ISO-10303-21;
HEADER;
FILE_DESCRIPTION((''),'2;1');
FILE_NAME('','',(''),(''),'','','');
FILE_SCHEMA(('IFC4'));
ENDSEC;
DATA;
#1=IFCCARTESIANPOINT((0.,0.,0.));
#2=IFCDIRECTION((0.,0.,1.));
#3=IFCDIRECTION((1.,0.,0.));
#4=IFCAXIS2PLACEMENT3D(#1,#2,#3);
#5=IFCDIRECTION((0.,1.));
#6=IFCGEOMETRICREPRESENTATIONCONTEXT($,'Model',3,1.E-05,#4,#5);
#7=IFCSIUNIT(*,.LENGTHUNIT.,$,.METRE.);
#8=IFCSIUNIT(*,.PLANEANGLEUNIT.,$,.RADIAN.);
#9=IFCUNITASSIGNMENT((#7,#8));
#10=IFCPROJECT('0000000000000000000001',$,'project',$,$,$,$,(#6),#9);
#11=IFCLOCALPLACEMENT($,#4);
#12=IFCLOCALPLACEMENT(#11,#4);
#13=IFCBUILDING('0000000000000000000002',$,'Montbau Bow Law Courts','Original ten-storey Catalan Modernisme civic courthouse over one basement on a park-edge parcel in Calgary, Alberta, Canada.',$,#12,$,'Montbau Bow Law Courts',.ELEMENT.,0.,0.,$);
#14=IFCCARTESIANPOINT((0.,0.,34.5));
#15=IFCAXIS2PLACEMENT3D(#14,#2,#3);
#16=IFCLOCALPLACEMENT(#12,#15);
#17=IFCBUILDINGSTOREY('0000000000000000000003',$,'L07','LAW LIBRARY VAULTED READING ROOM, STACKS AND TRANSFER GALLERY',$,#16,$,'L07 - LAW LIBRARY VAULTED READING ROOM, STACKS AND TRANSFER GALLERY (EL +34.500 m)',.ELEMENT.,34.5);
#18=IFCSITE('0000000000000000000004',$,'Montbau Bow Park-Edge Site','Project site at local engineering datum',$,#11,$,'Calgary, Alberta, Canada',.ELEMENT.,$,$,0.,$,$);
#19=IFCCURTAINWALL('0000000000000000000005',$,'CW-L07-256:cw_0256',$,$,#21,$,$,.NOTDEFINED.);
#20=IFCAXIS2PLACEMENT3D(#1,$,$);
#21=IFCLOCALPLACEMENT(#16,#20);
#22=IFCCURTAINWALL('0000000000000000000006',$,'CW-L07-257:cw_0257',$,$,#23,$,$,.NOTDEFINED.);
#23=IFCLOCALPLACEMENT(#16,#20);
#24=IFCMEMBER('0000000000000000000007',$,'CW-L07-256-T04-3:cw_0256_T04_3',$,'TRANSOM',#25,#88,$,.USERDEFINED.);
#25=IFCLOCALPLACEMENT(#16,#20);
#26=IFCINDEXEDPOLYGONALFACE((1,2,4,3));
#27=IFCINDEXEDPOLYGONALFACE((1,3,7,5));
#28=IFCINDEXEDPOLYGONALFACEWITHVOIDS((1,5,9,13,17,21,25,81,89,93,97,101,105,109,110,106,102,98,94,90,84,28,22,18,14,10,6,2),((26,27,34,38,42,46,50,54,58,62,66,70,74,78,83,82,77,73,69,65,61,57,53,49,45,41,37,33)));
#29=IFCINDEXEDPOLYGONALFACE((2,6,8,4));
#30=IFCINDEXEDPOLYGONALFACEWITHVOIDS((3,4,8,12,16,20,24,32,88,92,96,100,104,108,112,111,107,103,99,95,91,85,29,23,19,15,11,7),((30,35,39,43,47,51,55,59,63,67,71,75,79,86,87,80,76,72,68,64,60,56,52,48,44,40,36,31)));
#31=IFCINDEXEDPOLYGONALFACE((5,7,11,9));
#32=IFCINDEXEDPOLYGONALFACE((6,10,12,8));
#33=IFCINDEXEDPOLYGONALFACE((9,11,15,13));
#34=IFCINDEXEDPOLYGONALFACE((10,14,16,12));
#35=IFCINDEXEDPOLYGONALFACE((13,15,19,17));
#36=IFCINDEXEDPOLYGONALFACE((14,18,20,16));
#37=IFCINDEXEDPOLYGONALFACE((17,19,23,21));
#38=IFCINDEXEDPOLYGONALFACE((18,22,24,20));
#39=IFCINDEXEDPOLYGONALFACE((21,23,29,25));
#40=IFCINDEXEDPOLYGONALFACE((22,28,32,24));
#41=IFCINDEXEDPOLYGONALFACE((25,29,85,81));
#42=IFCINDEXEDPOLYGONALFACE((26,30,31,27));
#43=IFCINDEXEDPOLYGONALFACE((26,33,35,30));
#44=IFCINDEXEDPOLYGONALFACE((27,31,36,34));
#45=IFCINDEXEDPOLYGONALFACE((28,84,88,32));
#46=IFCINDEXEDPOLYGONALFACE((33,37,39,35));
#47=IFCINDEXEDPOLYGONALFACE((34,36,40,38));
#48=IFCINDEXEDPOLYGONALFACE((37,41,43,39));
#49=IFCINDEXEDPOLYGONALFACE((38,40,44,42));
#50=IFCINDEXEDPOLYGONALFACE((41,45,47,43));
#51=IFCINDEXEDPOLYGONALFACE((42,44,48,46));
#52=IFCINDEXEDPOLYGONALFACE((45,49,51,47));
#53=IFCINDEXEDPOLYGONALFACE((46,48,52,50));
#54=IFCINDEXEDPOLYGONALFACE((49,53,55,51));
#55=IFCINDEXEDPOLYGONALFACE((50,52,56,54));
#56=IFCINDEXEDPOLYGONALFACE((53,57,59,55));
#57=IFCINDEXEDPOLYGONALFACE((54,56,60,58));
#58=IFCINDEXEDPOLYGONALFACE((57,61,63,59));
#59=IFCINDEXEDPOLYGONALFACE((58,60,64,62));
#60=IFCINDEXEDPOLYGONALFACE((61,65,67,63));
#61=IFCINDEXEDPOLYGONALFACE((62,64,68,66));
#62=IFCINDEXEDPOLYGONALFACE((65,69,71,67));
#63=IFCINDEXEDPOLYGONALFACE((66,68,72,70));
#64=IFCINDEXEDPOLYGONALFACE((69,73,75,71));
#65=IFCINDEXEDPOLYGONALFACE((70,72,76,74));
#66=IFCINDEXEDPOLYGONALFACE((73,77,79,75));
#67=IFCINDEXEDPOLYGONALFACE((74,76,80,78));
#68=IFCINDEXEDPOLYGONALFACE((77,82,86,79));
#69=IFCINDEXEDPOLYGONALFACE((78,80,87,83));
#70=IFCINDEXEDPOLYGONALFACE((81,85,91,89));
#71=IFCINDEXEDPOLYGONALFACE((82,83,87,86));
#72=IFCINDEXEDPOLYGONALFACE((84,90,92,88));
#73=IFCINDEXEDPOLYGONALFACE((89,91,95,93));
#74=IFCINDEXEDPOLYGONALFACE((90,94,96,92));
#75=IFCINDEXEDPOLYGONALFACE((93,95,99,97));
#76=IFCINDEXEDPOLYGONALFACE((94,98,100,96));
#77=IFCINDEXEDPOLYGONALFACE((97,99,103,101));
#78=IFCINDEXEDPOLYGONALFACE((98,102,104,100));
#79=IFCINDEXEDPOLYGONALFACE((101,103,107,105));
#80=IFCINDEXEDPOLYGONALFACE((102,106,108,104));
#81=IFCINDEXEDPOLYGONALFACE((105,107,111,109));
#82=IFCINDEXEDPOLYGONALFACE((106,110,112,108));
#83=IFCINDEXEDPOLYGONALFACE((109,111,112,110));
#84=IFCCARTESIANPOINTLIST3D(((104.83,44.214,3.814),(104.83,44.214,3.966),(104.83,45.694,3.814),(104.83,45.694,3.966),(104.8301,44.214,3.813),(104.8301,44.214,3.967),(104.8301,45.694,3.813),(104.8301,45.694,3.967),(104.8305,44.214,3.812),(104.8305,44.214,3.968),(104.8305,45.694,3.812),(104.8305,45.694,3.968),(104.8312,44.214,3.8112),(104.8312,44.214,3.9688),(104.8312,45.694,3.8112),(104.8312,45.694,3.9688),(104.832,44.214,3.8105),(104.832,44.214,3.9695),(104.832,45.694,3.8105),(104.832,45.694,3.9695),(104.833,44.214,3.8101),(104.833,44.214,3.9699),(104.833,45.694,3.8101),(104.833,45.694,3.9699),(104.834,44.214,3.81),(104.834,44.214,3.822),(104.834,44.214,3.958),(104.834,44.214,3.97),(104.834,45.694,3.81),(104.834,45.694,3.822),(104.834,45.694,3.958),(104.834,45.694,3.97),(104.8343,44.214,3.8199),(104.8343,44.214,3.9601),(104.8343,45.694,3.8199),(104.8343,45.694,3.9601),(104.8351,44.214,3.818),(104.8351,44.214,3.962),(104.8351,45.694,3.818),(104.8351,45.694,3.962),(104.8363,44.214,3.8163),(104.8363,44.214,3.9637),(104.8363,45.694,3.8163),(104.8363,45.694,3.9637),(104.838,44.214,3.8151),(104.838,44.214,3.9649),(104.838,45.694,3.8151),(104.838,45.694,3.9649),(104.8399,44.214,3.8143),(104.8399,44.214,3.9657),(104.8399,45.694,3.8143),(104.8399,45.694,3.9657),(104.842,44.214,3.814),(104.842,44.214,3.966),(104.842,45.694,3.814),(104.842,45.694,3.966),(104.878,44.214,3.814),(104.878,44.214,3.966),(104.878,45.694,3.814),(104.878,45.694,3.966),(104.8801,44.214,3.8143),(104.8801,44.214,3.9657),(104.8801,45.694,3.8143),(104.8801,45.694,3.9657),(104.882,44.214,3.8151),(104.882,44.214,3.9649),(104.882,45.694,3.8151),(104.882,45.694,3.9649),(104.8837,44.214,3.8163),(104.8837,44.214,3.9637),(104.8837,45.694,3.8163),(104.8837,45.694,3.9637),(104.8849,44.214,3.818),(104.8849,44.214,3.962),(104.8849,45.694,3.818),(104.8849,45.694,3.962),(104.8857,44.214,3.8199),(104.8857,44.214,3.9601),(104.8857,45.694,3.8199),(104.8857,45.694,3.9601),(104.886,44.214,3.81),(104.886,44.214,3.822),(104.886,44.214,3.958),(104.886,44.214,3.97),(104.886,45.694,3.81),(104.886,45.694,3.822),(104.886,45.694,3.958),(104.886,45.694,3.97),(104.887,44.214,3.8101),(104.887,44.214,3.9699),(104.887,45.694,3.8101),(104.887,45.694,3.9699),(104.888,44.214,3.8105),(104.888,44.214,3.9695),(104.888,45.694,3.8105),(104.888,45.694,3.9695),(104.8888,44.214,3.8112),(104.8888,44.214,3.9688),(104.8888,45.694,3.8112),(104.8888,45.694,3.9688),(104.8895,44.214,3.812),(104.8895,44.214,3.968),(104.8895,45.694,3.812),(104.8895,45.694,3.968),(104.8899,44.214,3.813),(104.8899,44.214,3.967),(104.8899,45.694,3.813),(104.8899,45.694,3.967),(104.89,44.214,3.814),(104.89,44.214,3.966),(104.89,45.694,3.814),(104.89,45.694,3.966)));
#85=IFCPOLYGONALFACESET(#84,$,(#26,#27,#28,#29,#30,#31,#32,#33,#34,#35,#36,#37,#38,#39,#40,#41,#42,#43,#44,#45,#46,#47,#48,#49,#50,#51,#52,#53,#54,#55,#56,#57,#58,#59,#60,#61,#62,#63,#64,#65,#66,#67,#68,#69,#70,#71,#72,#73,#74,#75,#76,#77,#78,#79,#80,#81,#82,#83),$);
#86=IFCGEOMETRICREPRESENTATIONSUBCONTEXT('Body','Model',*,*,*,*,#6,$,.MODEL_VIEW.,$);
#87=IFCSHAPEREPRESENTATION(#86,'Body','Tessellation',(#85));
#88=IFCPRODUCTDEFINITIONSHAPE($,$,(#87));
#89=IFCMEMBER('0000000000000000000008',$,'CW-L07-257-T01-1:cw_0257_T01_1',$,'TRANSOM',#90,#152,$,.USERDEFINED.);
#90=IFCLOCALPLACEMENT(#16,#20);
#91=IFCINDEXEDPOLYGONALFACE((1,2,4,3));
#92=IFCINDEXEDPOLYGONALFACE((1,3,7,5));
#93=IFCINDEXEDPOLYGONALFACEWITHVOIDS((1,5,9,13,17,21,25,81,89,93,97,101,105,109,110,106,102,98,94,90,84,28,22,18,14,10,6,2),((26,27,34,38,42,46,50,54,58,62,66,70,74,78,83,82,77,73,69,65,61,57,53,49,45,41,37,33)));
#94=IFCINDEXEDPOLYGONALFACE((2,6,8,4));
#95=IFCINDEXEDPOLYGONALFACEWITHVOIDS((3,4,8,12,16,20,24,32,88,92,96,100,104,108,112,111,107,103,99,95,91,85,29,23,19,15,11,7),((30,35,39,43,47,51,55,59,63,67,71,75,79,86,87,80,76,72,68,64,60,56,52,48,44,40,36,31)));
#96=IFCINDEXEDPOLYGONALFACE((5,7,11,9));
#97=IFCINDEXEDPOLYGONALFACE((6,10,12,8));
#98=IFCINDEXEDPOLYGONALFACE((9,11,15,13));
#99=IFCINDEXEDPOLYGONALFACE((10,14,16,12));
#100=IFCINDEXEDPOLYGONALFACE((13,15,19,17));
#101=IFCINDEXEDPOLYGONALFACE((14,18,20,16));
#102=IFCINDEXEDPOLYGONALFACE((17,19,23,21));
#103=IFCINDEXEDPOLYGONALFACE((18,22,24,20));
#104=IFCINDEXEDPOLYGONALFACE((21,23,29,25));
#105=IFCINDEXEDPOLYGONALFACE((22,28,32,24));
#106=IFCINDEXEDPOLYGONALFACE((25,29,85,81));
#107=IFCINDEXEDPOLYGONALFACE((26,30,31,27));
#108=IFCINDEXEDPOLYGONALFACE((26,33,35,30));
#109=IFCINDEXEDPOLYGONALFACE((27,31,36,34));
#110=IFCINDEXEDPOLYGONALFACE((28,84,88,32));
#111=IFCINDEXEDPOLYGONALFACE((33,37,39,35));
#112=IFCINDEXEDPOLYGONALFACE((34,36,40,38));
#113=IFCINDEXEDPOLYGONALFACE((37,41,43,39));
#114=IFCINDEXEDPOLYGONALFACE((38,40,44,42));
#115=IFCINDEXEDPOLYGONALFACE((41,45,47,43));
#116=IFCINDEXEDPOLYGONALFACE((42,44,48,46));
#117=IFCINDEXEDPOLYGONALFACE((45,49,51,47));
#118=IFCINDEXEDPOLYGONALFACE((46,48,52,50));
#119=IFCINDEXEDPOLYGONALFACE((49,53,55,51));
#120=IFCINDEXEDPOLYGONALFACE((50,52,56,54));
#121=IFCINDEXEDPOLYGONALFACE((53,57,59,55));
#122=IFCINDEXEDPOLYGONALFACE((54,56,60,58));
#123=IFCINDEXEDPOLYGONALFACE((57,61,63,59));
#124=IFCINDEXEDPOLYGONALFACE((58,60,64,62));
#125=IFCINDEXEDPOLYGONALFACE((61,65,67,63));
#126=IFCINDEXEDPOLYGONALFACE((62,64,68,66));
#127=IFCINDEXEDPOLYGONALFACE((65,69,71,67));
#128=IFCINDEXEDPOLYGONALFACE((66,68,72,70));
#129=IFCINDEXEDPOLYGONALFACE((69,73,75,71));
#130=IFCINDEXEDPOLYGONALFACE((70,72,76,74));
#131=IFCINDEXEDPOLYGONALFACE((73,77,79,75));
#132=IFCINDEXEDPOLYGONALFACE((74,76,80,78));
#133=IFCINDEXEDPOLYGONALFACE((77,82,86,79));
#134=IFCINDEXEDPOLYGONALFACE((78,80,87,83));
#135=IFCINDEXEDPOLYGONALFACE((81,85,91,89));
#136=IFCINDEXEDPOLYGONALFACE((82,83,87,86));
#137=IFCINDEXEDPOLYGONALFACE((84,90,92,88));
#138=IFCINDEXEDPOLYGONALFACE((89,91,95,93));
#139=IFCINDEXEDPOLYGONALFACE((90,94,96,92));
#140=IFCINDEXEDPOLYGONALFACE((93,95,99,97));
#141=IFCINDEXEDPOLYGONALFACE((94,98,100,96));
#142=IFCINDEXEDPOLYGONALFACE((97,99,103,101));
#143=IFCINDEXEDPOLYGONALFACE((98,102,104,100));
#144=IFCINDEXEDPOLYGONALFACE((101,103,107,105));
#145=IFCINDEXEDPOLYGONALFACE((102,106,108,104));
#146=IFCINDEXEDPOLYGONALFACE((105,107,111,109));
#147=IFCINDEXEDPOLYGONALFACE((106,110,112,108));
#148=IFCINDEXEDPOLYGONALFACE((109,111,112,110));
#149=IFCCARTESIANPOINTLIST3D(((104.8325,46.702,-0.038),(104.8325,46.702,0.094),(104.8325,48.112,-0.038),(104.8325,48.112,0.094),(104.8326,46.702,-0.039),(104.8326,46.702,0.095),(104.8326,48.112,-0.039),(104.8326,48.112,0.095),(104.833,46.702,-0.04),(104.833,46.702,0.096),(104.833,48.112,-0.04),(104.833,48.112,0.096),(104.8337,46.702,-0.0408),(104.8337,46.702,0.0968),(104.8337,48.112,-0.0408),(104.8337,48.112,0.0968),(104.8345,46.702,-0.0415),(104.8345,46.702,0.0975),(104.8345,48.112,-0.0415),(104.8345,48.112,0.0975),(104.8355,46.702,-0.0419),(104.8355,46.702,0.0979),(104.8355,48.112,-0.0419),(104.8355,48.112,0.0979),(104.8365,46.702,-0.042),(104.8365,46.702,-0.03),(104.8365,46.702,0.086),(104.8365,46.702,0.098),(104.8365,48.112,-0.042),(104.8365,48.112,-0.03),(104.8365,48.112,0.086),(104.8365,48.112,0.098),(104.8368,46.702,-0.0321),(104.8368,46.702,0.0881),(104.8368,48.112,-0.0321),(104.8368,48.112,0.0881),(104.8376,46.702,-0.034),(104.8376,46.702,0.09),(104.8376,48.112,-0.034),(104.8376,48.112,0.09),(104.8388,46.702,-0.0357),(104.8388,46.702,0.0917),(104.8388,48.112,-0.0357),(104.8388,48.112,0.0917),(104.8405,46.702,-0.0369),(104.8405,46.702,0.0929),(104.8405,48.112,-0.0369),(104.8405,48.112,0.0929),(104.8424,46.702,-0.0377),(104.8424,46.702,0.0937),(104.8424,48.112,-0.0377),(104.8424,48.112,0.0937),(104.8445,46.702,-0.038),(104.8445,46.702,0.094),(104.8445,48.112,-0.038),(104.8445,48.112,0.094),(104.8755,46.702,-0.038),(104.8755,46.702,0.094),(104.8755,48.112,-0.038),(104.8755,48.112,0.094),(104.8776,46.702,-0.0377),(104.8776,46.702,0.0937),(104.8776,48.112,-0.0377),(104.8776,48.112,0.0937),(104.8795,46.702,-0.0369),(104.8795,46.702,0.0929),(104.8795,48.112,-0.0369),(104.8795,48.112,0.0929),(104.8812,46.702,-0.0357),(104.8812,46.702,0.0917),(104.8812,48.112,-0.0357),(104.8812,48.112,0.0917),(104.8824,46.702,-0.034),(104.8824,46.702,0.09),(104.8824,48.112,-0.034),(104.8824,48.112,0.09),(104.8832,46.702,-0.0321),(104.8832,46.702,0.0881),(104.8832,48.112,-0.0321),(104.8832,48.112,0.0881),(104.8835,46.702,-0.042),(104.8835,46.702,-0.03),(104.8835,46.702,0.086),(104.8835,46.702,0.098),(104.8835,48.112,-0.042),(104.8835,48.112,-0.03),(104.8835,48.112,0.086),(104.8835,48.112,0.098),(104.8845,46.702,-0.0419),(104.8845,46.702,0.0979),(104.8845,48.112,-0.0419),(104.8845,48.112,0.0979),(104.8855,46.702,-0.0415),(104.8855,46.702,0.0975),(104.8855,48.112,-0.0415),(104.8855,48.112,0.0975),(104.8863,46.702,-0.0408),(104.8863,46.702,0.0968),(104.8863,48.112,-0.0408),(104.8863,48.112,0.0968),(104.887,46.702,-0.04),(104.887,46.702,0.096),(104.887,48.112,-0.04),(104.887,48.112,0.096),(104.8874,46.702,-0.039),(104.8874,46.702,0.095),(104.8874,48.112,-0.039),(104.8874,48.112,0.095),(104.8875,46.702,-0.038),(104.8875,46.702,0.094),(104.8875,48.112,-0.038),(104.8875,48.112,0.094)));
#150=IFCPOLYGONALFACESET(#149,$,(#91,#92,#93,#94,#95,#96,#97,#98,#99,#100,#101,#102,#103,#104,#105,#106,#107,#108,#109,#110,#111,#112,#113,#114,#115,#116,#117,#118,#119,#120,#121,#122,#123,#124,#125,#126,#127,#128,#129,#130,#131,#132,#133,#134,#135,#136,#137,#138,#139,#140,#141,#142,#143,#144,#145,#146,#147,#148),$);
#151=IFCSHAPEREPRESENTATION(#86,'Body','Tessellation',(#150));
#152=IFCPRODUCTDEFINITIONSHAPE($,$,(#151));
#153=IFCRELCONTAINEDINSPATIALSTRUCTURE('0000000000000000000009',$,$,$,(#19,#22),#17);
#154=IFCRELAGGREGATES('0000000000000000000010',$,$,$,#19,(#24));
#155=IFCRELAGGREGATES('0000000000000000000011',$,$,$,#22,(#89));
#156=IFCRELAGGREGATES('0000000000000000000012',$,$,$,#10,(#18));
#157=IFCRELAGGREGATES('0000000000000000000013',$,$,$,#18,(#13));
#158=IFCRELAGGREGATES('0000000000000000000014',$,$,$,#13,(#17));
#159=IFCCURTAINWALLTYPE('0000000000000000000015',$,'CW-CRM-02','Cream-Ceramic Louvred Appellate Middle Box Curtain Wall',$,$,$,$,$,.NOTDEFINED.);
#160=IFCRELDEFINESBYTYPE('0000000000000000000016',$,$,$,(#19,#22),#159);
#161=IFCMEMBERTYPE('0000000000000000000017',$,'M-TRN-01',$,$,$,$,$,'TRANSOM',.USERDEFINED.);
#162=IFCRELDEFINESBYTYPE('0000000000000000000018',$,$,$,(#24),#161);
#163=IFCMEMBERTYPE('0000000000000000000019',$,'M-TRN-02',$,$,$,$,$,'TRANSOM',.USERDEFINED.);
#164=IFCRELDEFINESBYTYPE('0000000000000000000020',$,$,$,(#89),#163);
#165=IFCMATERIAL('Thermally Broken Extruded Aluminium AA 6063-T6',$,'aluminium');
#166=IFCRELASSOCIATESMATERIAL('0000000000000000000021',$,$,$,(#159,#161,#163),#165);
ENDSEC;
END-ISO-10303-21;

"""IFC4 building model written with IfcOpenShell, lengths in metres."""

from ifc_helpers import new_model, si_unit, direction, frame, origin_with_axes, origin_2d_with_axis, place, context, subcontext, project, spatial, hollow_rectangle, extrude, material, material_profile, profile_set, type_object, element, aggregate, save


model = new_model("IFC4")

# Units and contexts
model_context = context("Model", 3, precision=1e-05, world=origin_with_axes(), true_north=direction((0.0, 1.0)))
body_context = subcontext(model_context, "Body", "Model", "MODEL_VIEW")
ifc_project = project(units=[si_unit("LENGTHUNIT", "METRE"), si_unit("PLANEANGLEUNIT", "RADIAN")], contexts=[model_context])

# Site, building, storey
site_placement = place(None, origin_with_axes())
site = spatial("IfcSite", under=ifc_project, at=site_placement, Name="Montbau Bow Park-Edge Site", Description="Project site at local engineering datum", LongName="Calgary, Alberta, Canada", CompositionType="ELEMENT", RefElevation=0.0)
building_placement = place(site_placement, origin_with_axes())
building = spatial("IfcBuilding", under=site, at=building_placement, Name="Montbau Bow Law Courts", Description="Original ten-storey Catalan Modernisme civic courthouse over one basement on a park-edge parcel in Calgary, Alberta, Canada.", LongName="Montbau Bow Law Courts", CompositionType="ELEMENT", ElevationOfRefHeight=0.0, ElevationOfTerrain=0.0)
storey_placement = place(building_placement, frame((0.0, 0.0, 34.5), z_axis=(0.0, 0.0, 1.0), x_axis=(1.0, 0.0, 0.0)))
storey = spatial("IfcBuildingStorey", under=building, at=storey_placement, Name="L07", Description="LAW LIBRARY VAULTED READING ROOM, STACKS AND TRANSFER GALLERY", LongName="L07 - LAW LIBRARY VAULTED READING ROOM, STACKS AND TRANSFER GALLERY (EL +34.500 m)", CompositionType="ELEMENT", Elevation=34.5)

# Curtain walls
ifc_material_1 = material(Name="Thermally Broken Extruded Aluminium AA 6063-T6", Category="aluminium")
curtain_wall_type = type_object("IfcCurtainWallType", Name="CW-CRM-02", Description="Cream-Ceramic Louvred Appellate Middle Box Curtain Wall", PredefinedType="NOTDEFINED", material=ifc_material_1)
curtain_wall_1_placement = place(None, frame((104.86, 39.44, 34.5), z_axis=(0.0, 0.0, 1.0), x_axis=(1.0, 0.0, 0.0)))
curtain_wall_1 = element("IfcCurtainWall", 1, at=curtain_wall_1_placement, inside=storey, type_object=curtain_wall_type, Name="CW-L07-256:cw_0256", PredefinedType="NOTDEFINED")
curtain_wall_2_placement = place(None, frame((104.86, 46.64, 34.5), z_axis=(0.0, 0.0, 1.0), x_axis=(1.0, 0.0, 0.0)))
curtain_wall_2 = element("IfcCurtainWall", 2, at=curtain_wall_2_placement, inside=storey, type_object=curtain_wall_type, Name="CW-L07-257:cw_0257", PredefinedType="NOTDEFINED")

# Members
ifc_material_profile_1 = material_profile(ifc_material_1, hollow_rectangle(XDim=0.06, YDim=0.16, WallThickness=0.004, InnerFilletRadius=0.008, OuterFilletRadius=0.004, at=origin_2d_with_axis()), Name="CWT-160X60", Category="Main", Priority=0)
ifc_profile_set_1 = profile_set([ifc_material_profile_1], Name="Thermally Broken Extruded Aluminium AA 6063-T6")
member_type_1 = type_object("IfcMemberType", Name="M-TRN-01", ElementType="TRANSOM", PredefinedType="USERDEFINED", material=ifc_profile_set_1)
member_1_placement = place(None, frame((104.86, 44.214, 38.39), z_axis=(0.0, 1.0, 0.0), x_axis=(-1.0, 0.0, 0.0)))
member_1 = element("IfcMember", 3, at=member_1_placement, type_object=member_type_1, Name="CW-L07-256-T04-3:cw_0256_T04_3", ObjectType="TRANSOM", PredefinedType="USERDEFINED", context=body_context, shape_type="SweptSolid", body=[
    extrude(hollow_rectangle(XDim=0.06, YDim=0.16, WallThickness=0.004, InnerFilletRadius=0.008, OuterFilletRadius=0.004, at=origin_2d_with_axis()), origin_with_axes(), (0.0, 0.0, 1.0), 1.48),
])
ifc_material_profile_2 = material_profile(ifc_material_1, hollow_rectangle(XDim=0.055, YDim=0.14, WallThickness=0.004, InnerFilletRadius=0.008, OuterFilletRadius=0.004, at=origin_2d_with_axis()), Name="CWT-140X55", Category="Main", Priority=0)
ifc_profile_set_2 = profile_set([ifc_material_profile_2], Name="Thermally Broken Extruded Aluminium AA 6063-T6")
member_type_2 = type_object("IfcMemberType", Name="M-TRN-02", ElementType="TRANSOM", PredefinedType="USERDEFINED", material=ifc_profile_set_2)
member_2_placement = place(None, frame((104.86, 46.702, 34.528), z_axis=(0.0, 1.0, 0.0), x_axis=(-1.0, 0.0, 0.0)))
member_2 = element("IfcMember", 4, at=member_2_placement, type_object=member_type_2, Name="CW-L07-257-T01-1:cw_0257_T01_1", ObjectType="TRANSOM", PredefinedType="USERDEFINED", context=body_context, shape_type="SweptSolid", body=[
    extrude(hollow_rectangle(XDim=0.055, YDim=0.14, WallThickness=0.004, InnerFilletRadius=0.008, OuterFilletRadius=0.004, at=origin_2d_with_axis()), origin_with_axes(), (0.0, 0.0, 1.0), 1.41),
])

aggregate(curtain_wall_1, [member_1])
aggregate(curtain_wall_2, [member_2])

save(model, "model.ifc")
